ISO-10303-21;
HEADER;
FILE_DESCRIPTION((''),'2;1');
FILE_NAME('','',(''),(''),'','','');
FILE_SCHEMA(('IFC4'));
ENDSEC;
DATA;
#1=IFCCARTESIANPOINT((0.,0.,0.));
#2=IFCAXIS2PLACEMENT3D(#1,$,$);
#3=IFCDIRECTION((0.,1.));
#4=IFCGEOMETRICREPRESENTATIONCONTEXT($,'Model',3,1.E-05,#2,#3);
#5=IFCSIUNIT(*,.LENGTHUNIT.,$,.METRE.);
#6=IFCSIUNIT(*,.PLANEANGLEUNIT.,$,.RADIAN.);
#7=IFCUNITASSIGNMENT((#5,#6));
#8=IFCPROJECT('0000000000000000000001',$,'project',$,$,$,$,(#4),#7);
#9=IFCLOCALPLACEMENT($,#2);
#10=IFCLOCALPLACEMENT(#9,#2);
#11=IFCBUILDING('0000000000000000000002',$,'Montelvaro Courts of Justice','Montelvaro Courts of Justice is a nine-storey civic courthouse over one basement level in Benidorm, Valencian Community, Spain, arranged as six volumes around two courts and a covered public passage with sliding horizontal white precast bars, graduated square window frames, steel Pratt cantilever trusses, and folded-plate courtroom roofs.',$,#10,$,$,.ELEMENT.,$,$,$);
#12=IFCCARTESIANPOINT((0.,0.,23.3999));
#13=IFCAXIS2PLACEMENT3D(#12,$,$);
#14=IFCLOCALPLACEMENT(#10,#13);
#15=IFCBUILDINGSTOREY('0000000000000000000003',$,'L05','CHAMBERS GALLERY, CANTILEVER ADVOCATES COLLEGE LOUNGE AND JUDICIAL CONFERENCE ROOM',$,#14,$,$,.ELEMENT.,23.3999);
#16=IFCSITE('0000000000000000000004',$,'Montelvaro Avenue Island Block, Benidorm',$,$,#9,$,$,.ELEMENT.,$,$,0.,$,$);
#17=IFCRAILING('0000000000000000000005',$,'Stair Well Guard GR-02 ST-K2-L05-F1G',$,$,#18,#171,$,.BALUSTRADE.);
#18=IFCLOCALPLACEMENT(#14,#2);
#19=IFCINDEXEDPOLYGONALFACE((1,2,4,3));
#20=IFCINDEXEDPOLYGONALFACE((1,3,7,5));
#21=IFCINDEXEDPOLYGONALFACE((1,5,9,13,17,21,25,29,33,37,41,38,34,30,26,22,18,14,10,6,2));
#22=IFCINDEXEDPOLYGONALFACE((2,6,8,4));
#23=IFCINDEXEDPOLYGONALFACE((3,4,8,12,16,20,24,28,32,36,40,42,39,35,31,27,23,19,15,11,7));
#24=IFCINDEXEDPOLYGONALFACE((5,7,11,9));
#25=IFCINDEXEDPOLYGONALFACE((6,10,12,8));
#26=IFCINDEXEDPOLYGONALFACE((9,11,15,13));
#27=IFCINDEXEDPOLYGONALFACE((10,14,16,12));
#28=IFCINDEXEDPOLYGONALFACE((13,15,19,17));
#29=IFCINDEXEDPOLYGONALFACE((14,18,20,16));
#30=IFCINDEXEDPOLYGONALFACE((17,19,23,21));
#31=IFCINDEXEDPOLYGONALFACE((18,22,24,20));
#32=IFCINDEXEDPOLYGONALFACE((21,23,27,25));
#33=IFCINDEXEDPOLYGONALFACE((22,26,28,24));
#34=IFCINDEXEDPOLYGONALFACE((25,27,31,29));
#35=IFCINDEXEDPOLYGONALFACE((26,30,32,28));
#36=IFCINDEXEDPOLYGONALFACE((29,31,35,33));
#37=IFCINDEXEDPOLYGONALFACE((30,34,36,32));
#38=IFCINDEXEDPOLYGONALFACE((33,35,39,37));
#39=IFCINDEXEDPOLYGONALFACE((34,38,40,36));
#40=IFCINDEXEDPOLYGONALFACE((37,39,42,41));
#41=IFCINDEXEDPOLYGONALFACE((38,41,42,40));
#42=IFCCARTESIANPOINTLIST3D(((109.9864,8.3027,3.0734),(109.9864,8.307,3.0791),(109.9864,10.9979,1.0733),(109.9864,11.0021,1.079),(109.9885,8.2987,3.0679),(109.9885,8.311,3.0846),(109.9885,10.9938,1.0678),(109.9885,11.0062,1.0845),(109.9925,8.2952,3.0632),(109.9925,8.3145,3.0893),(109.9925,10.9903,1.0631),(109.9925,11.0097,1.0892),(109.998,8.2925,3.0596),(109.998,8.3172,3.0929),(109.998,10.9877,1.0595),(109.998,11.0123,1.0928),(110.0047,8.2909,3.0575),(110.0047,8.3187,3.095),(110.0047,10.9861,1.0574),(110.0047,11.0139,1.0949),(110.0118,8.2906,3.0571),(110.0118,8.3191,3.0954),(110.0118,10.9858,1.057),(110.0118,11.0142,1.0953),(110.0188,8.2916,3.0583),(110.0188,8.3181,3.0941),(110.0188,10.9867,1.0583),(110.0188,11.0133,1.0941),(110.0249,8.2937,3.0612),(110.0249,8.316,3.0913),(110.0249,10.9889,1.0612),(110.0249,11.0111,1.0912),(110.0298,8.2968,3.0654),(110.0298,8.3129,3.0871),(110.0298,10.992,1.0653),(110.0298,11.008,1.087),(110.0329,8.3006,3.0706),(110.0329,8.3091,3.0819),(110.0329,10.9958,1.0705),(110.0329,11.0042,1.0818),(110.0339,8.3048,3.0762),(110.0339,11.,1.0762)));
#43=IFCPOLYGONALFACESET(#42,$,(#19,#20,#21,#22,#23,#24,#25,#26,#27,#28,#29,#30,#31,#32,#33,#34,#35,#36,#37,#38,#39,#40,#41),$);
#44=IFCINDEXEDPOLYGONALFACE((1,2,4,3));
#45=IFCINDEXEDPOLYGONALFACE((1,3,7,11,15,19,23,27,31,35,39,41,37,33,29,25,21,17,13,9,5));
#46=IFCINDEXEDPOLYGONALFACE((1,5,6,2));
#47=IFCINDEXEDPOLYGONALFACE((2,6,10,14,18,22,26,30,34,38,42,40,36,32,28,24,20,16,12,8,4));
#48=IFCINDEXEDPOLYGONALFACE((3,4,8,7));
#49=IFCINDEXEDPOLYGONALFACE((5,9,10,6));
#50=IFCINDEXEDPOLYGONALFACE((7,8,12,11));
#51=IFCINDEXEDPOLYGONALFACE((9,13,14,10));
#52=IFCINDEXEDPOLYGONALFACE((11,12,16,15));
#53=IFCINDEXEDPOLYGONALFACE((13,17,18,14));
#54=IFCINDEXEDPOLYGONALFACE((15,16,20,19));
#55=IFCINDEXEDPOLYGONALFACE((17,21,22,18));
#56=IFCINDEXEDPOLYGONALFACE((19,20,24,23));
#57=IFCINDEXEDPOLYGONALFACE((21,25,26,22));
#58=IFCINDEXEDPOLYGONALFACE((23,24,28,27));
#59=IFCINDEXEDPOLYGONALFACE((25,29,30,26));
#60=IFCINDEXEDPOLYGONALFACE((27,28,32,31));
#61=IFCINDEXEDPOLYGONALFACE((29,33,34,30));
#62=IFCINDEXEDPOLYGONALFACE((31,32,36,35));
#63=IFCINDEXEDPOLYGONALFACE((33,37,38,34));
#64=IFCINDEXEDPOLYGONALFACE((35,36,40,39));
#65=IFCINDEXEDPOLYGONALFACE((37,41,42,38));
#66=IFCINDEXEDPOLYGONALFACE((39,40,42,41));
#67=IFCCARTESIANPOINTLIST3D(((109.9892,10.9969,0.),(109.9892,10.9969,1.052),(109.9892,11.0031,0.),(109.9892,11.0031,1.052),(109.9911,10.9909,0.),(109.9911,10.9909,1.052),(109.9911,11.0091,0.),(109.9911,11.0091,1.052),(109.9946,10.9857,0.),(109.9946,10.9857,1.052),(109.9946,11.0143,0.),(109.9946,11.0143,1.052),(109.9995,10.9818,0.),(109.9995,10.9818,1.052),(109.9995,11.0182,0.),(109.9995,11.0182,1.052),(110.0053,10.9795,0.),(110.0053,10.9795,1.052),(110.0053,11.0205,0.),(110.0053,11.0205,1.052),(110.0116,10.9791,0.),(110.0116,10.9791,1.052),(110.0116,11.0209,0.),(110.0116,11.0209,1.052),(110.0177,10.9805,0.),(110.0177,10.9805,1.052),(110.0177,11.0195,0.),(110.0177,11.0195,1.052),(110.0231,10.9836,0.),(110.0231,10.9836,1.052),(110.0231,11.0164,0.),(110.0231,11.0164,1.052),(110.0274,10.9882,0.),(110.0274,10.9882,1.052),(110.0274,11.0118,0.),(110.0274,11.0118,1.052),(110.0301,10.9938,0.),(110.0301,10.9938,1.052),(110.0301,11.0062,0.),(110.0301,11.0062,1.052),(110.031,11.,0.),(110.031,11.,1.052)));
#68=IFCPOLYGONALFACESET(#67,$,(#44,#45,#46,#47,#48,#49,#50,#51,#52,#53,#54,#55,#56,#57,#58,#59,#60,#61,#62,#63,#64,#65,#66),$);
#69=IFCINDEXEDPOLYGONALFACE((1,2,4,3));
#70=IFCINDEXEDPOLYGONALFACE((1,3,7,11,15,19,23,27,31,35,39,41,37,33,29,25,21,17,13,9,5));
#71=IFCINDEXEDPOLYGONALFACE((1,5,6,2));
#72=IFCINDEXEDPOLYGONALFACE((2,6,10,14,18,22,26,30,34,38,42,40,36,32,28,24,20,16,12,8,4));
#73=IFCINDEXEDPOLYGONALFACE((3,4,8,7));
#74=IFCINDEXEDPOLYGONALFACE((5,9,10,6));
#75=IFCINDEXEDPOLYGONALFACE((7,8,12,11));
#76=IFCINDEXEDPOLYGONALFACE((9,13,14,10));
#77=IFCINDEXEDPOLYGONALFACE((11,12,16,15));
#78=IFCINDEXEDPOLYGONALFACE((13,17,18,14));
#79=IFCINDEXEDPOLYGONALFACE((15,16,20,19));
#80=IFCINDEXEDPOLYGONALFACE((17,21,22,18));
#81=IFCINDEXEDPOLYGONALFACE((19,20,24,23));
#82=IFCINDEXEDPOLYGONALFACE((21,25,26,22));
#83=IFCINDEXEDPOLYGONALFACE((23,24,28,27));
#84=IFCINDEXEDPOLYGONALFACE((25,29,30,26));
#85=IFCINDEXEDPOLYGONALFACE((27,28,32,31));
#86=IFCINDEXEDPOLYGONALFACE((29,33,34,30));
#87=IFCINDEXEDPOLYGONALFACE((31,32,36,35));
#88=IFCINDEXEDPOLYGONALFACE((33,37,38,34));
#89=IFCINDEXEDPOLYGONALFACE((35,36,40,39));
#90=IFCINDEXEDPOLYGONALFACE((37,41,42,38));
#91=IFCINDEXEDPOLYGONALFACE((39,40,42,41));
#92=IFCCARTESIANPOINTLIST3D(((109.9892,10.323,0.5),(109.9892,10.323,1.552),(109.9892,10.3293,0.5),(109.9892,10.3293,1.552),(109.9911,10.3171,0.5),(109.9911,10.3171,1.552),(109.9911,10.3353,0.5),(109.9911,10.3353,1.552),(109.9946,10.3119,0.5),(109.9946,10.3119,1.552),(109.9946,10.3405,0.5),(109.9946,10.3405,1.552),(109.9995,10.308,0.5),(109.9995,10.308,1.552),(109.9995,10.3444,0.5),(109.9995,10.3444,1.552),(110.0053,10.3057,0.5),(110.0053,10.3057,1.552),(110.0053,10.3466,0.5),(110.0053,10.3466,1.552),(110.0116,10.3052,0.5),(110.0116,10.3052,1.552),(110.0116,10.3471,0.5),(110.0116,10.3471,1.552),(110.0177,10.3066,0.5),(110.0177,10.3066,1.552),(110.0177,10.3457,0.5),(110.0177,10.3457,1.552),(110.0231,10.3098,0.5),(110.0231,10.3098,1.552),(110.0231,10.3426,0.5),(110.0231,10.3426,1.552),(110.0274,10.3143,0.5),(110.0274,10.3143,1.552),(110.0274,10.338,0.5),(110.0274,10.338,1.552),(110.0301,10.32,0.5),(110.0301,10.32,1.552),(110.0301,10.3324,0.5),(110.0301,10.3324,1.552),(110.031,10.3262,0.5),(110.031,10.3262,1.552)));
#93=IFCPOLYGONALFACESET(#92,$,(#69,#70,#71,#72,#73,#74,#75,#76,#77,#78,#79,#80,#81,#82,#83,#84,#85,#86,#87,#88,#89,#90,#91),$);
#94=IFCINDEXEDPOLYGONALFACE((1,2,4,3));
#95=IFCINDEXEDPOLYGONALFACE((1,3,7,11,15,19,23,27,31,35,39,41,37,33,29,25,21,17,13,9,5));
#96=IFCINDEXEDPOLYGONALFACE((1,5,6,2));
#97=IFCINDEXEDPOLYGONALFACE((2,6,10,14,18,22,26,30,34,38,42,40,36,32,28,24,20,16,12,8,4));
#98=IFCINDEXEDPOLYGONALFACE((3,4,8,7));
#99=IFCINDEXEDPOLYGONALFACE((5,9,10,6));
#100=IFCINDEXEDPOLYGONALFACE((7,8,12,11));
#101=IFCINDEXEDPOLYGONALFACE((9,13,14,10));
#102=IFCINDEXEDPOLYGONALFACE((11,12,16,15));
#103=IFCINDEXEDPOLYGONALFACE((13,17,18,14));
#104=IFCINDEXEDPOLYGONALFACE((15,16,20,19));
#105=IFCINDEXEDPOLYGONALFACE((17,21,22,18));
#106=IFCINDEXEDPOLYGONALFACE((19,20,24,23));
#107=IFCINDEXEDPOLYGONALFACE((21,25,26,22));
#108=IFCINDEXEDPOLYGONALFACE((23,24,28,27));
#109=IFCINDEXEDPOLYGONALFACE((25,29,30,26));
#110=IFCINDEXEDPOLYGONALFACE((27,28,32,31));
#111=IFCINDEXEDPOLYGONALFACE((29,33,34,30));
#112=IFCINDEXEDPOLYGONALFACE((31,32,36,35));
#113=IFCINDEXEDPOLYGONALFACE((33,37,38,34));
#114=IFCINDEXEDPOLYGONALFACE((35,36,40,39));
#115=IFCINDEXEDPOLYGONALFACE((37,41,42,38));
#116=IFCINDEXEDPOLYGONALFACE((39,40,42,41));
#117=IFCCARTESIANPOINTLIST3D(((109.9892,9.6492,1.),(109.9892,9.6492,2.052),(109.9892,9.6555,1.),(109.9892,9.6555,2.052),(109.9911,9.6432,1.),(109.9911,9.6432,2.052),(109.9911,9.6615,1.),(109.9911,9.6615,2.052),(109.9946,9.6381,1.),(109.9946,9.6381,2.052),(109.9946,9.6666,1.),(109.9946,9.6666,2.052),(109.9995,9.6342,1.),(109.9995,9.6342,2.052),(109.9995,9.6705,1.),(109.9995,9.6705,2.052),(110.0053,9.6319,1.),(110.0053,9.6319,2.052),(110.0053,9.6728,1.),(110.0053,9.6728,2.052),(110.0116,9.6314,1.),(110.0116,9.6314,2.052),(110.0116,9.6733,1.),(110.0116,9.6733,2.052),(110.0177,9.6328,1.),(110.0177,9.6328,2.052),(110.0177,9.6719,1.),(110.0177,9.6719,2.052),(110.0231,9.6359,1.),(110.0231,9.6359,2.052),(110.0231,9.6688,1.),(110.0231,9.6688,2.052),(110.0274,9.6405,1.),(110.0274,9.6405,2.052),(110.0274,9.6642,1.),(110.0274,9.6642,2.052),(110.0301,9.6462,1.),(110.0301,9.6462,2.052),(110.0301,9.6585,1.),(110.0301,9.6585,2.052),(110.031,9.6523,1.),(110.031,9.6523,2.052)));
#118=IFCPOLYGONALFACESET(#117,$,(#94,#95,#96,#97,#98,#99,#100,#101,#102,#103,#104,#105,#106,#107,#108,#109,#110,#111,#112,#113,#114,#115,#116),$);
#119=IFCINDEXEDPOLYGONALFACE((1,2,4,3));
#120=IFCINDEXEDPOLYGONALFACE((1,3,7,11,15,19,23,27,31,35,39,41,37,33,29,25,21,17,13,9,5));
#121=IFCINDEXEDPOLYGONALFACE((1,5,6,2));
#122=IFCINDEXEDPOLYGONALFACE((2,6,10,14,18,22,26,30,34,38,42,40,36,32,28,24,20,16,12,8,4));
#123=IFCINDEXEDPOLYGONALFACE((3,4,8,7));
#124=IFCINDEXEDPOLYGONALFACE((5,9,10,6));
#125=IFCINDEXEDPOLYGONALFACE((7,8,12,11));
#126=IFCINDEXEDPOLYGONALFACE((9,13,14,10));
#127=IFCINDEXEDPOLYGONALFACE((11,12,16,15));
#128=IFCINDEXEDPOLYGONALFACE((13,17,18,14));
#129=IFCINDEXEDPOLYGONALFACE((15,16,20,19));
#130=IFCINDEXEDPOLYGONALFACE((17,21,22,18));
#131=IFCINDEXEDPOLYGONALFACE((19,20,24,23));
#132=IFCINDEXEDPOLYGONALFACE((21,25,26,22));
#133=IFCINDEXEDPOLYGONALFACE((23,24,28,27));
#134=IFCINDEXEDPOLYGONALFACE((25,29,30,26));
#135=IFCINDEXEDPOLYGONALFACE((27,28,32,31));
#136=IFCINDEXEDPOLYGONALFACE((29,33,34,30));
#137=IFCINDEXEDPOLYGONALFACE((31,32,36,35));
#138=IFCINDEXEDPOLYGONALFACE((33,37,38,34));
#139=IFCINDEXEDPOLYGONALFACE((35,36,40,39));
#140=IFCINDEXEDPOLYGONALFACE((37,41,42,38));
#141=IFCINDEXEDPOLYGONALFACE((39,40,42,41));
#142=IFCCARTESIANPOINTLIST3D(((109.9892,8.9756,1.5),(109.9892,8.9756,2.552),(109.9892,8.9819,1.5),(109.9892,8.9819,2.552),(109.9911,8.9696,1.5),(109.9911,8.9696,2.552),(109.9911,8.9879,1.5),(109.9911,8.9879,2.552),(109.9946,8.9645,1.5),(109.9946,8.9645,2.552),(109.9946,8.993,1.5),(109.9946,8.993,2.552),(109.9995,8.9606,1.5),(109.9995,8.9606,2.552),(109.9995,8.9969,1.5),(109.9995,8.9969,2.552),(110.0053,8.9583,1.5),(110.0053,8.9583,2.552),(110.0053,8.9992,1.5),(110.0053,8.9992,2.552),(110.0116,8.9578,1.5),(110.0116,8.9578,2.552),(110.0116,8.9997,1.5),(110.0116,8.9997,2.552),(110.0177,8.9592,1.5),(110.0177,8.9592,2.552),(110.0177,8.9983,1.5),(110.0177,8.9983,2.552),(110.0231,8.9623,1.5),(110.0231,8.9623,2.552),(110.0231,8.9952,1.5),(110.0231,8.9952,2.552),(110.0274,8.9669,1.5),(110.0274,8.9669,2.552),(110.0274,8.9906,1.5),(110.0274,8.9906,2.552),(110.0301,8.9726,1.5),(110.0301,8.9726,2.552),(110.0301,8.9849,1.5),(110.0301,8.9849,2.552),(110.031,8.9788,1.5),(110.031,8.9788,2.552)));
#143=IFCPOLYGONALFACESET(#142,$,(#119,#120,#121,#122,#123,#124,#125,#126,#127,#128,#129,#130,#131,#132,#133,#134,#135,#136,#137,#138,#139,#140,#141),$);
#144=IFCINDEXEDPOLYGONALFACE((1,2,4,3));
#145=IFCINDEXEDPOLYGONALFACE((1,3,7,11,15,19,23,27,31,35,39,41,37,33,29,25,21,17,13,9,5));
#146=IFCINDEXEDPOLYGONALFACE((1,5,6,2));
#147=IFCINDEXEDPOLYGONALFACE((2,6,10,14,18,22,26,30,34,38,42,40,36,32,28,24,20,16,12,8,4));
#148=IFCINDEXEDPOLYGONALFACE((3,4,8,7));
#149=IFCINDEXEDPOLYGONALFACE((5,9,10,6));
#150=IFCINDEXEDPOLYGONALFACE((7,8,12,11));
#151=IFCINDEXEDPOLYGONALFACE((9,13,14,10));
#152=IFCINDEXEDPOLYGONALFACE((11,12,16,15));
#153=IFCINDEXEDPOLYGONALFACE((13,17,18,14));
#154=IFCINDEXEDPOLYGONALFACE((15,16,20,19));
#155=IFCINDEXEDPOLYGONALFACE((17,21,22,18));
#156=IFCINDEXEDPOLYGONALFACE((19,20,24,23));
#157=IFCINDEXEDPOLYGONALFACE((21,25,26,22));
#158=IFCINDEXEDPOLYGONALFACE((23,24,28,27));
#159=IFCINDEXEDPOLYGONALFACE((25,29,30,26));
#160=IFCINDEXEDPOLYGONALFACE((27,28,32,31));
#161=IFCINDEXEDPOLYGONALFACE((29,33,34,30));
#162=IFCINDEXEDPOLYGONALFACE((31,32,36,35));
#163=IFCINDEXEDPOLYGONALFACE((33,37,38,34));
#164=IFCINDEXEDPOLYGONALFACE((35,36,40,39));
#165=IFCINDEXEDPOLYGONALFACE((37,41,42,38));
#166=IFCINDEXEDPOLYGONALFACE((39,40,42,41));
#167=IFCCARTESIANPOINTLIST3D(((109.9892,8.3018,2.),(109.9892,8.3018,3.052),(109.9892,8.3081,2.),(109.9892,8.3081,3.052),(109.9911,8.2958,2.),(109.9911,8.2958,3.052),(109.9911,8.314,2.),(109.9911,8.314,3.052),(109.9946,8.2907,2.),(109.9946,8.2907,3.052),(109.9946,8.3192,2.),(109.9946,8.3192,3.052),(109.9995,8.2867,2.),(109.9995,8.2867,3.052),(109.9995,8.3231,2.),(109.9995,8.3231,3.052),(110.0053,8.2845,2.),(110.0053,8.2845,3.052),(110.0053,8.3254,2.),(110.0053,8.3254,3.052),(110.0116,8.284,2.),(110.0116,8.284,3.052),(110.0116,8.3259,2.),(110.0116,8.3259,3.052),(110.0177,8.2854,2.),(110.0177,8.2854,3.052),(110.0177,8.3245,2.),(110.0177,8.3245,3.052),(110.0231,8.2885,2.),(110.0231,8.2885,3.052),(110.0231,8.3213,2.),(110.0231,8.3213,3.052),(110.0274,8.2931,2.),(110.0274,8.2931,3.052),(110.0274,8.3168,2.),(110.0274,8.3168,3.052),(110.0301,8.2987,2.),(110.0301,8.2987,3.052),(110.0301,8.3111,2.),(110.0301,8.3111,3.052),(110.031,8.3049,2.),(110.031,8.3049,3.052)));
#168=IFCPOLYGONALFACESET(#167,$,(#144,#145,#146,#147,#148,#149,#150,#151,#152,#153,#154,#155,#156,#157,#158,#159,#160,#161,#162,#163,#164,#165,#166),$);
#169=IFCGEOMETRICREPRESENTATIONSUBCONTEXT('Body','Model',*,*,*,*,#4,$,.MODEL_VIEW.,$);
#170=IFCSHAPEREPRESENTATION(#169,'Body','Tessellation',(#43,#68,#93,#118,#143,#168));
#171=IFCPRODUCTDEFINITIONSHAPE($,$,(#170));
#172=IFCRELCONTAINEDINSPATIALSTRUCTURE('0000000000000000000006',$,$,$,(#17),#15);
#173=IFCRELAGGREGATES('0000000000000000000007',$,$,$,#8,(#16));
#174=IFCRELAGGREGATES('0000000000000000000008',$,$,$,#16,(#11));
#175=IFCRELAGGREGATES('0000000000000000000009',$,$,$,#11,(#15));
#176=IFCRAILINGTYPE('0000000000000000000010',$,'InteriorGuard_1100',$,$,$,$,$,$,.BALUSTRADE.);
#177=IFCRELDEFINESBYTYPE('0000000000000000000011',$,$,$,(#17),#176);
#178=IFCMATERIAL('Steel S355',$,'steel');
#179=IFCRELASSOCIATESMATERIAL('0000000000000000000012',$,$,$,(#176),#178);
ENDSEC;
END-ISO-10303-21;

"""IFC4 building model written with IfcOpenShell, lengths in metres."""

from ifc_helpers import new_model, si_unit, direction, frame, origin, origin_2d, place, context, subcontext, project, spatial, circle, extrude, material, type_object, element, save


model = new_model("IFC4")

# Units and contexts
model_context = context("Model", 3, precision=1e-05, world=origin(), true_north=direction((0.0, 1.0)))
body_context = subcontext(model_context, "Body", "Model", "MODEL_VIEW")
ifc_project = project(units=[si_unit("LENGTHUNIT", "METRE"), si_unit("PLANEANGLEUNIT", "RADIAN")], contexts=[model_context])

# Site, building, storey
site_placement = place(None, origin())
site = spatial("IfcSite", under=ifc_project, at=site_placement, Name="Montelvaro Avenue Island Block, Benidorm", CompositionType="ELEMENT", RefElevation=0.0)
building_placement = place(site_placement, origin())
building = spatial("IfcBuilding", under=site, at=building_placement, Name="Montelvaro Courts of Justice", Description="Montelvaro Courts of Justice is a nine-storey civic courthouse over one basement level in Benidorm, Valencian Community, Spain, arranged as six volumes around two courts and a covered public passage with sliding horizontal white precast bars, graduated square window frames, steel Pratt cantilever trusses, and folded-plate courtroom roofs.", CompositionType="ELEMENT")
storey_placement = place(building_placement, frame((0.0, 0.0, 23.3999)))
storey = spatial("IfcBuildingStorey", under=building, at=storey_placement, Name="L05", Description="CHAMBERS GALLERY, CANTILEVER ADVOCATES COLLEGE LOUNGE AND JUDICIAL CONFERENCE ROOM", CompositionType="ELEMENT", Elevation=23.3999)

# Railing
ifc_material_1 = material(Name="Steel S355", Category="steel")
railing_type_1 = type_object("IfcRailingType", Name="InteriorGuard_1100", PredefinedType="BALUSTRADE", material=ifc_material_1)
railing_1_placement = place(storey_placement, frame((110.01, 11.0, 0.0)))
element("IfcRailing", 1, at=railing_1_placement, inside=storey, type_object=railing_type_1, Name="Stair Well Guard GR-02 ST-K2-L05-F1G", PredefinedType="BALUSTRADE", context=body_context, shape_type="SweptSolid", body=[
    extrude(circle(Radius=0.0239, at=origin_2d()), frame((0.0, 0.0, 1.0762), z_axis=(0.0, -0.803036, 0.59593), x_axis=(1.0, 0.0, 0.0)), (0.0, 0.0, 1.0), 3.3562),
    extrude(circle(Radius=0.021, at=origin_2d()), origin(), (0.0, 0.0, 1.0), 1.052),
    extrude(circle(Radius=0.021, at=origin_2d()), frame((0.0, -0.6738, 0.5)), (0.0, 0.0, 1.0), 1.052),
    extrude(circle(Radius=0.021, at=origin_2d()), frame((0.0, -1.3477, 1.0)), (0.0, 0.0, 1.0), 1.052),
    extrude(circle(Radius=0.021, at=origin_2d()), frame((0.0, -2.0212, 1.5)), (0.0, 0.0, 1.0), 1.052),
    extrude(circle(Radius=0.021, at=origin_2d()), frame((0.0, -2.6951, 2.0)), (0.0, 0.0, 1.0), 1.052),
])

save(model, "model.ifc")
